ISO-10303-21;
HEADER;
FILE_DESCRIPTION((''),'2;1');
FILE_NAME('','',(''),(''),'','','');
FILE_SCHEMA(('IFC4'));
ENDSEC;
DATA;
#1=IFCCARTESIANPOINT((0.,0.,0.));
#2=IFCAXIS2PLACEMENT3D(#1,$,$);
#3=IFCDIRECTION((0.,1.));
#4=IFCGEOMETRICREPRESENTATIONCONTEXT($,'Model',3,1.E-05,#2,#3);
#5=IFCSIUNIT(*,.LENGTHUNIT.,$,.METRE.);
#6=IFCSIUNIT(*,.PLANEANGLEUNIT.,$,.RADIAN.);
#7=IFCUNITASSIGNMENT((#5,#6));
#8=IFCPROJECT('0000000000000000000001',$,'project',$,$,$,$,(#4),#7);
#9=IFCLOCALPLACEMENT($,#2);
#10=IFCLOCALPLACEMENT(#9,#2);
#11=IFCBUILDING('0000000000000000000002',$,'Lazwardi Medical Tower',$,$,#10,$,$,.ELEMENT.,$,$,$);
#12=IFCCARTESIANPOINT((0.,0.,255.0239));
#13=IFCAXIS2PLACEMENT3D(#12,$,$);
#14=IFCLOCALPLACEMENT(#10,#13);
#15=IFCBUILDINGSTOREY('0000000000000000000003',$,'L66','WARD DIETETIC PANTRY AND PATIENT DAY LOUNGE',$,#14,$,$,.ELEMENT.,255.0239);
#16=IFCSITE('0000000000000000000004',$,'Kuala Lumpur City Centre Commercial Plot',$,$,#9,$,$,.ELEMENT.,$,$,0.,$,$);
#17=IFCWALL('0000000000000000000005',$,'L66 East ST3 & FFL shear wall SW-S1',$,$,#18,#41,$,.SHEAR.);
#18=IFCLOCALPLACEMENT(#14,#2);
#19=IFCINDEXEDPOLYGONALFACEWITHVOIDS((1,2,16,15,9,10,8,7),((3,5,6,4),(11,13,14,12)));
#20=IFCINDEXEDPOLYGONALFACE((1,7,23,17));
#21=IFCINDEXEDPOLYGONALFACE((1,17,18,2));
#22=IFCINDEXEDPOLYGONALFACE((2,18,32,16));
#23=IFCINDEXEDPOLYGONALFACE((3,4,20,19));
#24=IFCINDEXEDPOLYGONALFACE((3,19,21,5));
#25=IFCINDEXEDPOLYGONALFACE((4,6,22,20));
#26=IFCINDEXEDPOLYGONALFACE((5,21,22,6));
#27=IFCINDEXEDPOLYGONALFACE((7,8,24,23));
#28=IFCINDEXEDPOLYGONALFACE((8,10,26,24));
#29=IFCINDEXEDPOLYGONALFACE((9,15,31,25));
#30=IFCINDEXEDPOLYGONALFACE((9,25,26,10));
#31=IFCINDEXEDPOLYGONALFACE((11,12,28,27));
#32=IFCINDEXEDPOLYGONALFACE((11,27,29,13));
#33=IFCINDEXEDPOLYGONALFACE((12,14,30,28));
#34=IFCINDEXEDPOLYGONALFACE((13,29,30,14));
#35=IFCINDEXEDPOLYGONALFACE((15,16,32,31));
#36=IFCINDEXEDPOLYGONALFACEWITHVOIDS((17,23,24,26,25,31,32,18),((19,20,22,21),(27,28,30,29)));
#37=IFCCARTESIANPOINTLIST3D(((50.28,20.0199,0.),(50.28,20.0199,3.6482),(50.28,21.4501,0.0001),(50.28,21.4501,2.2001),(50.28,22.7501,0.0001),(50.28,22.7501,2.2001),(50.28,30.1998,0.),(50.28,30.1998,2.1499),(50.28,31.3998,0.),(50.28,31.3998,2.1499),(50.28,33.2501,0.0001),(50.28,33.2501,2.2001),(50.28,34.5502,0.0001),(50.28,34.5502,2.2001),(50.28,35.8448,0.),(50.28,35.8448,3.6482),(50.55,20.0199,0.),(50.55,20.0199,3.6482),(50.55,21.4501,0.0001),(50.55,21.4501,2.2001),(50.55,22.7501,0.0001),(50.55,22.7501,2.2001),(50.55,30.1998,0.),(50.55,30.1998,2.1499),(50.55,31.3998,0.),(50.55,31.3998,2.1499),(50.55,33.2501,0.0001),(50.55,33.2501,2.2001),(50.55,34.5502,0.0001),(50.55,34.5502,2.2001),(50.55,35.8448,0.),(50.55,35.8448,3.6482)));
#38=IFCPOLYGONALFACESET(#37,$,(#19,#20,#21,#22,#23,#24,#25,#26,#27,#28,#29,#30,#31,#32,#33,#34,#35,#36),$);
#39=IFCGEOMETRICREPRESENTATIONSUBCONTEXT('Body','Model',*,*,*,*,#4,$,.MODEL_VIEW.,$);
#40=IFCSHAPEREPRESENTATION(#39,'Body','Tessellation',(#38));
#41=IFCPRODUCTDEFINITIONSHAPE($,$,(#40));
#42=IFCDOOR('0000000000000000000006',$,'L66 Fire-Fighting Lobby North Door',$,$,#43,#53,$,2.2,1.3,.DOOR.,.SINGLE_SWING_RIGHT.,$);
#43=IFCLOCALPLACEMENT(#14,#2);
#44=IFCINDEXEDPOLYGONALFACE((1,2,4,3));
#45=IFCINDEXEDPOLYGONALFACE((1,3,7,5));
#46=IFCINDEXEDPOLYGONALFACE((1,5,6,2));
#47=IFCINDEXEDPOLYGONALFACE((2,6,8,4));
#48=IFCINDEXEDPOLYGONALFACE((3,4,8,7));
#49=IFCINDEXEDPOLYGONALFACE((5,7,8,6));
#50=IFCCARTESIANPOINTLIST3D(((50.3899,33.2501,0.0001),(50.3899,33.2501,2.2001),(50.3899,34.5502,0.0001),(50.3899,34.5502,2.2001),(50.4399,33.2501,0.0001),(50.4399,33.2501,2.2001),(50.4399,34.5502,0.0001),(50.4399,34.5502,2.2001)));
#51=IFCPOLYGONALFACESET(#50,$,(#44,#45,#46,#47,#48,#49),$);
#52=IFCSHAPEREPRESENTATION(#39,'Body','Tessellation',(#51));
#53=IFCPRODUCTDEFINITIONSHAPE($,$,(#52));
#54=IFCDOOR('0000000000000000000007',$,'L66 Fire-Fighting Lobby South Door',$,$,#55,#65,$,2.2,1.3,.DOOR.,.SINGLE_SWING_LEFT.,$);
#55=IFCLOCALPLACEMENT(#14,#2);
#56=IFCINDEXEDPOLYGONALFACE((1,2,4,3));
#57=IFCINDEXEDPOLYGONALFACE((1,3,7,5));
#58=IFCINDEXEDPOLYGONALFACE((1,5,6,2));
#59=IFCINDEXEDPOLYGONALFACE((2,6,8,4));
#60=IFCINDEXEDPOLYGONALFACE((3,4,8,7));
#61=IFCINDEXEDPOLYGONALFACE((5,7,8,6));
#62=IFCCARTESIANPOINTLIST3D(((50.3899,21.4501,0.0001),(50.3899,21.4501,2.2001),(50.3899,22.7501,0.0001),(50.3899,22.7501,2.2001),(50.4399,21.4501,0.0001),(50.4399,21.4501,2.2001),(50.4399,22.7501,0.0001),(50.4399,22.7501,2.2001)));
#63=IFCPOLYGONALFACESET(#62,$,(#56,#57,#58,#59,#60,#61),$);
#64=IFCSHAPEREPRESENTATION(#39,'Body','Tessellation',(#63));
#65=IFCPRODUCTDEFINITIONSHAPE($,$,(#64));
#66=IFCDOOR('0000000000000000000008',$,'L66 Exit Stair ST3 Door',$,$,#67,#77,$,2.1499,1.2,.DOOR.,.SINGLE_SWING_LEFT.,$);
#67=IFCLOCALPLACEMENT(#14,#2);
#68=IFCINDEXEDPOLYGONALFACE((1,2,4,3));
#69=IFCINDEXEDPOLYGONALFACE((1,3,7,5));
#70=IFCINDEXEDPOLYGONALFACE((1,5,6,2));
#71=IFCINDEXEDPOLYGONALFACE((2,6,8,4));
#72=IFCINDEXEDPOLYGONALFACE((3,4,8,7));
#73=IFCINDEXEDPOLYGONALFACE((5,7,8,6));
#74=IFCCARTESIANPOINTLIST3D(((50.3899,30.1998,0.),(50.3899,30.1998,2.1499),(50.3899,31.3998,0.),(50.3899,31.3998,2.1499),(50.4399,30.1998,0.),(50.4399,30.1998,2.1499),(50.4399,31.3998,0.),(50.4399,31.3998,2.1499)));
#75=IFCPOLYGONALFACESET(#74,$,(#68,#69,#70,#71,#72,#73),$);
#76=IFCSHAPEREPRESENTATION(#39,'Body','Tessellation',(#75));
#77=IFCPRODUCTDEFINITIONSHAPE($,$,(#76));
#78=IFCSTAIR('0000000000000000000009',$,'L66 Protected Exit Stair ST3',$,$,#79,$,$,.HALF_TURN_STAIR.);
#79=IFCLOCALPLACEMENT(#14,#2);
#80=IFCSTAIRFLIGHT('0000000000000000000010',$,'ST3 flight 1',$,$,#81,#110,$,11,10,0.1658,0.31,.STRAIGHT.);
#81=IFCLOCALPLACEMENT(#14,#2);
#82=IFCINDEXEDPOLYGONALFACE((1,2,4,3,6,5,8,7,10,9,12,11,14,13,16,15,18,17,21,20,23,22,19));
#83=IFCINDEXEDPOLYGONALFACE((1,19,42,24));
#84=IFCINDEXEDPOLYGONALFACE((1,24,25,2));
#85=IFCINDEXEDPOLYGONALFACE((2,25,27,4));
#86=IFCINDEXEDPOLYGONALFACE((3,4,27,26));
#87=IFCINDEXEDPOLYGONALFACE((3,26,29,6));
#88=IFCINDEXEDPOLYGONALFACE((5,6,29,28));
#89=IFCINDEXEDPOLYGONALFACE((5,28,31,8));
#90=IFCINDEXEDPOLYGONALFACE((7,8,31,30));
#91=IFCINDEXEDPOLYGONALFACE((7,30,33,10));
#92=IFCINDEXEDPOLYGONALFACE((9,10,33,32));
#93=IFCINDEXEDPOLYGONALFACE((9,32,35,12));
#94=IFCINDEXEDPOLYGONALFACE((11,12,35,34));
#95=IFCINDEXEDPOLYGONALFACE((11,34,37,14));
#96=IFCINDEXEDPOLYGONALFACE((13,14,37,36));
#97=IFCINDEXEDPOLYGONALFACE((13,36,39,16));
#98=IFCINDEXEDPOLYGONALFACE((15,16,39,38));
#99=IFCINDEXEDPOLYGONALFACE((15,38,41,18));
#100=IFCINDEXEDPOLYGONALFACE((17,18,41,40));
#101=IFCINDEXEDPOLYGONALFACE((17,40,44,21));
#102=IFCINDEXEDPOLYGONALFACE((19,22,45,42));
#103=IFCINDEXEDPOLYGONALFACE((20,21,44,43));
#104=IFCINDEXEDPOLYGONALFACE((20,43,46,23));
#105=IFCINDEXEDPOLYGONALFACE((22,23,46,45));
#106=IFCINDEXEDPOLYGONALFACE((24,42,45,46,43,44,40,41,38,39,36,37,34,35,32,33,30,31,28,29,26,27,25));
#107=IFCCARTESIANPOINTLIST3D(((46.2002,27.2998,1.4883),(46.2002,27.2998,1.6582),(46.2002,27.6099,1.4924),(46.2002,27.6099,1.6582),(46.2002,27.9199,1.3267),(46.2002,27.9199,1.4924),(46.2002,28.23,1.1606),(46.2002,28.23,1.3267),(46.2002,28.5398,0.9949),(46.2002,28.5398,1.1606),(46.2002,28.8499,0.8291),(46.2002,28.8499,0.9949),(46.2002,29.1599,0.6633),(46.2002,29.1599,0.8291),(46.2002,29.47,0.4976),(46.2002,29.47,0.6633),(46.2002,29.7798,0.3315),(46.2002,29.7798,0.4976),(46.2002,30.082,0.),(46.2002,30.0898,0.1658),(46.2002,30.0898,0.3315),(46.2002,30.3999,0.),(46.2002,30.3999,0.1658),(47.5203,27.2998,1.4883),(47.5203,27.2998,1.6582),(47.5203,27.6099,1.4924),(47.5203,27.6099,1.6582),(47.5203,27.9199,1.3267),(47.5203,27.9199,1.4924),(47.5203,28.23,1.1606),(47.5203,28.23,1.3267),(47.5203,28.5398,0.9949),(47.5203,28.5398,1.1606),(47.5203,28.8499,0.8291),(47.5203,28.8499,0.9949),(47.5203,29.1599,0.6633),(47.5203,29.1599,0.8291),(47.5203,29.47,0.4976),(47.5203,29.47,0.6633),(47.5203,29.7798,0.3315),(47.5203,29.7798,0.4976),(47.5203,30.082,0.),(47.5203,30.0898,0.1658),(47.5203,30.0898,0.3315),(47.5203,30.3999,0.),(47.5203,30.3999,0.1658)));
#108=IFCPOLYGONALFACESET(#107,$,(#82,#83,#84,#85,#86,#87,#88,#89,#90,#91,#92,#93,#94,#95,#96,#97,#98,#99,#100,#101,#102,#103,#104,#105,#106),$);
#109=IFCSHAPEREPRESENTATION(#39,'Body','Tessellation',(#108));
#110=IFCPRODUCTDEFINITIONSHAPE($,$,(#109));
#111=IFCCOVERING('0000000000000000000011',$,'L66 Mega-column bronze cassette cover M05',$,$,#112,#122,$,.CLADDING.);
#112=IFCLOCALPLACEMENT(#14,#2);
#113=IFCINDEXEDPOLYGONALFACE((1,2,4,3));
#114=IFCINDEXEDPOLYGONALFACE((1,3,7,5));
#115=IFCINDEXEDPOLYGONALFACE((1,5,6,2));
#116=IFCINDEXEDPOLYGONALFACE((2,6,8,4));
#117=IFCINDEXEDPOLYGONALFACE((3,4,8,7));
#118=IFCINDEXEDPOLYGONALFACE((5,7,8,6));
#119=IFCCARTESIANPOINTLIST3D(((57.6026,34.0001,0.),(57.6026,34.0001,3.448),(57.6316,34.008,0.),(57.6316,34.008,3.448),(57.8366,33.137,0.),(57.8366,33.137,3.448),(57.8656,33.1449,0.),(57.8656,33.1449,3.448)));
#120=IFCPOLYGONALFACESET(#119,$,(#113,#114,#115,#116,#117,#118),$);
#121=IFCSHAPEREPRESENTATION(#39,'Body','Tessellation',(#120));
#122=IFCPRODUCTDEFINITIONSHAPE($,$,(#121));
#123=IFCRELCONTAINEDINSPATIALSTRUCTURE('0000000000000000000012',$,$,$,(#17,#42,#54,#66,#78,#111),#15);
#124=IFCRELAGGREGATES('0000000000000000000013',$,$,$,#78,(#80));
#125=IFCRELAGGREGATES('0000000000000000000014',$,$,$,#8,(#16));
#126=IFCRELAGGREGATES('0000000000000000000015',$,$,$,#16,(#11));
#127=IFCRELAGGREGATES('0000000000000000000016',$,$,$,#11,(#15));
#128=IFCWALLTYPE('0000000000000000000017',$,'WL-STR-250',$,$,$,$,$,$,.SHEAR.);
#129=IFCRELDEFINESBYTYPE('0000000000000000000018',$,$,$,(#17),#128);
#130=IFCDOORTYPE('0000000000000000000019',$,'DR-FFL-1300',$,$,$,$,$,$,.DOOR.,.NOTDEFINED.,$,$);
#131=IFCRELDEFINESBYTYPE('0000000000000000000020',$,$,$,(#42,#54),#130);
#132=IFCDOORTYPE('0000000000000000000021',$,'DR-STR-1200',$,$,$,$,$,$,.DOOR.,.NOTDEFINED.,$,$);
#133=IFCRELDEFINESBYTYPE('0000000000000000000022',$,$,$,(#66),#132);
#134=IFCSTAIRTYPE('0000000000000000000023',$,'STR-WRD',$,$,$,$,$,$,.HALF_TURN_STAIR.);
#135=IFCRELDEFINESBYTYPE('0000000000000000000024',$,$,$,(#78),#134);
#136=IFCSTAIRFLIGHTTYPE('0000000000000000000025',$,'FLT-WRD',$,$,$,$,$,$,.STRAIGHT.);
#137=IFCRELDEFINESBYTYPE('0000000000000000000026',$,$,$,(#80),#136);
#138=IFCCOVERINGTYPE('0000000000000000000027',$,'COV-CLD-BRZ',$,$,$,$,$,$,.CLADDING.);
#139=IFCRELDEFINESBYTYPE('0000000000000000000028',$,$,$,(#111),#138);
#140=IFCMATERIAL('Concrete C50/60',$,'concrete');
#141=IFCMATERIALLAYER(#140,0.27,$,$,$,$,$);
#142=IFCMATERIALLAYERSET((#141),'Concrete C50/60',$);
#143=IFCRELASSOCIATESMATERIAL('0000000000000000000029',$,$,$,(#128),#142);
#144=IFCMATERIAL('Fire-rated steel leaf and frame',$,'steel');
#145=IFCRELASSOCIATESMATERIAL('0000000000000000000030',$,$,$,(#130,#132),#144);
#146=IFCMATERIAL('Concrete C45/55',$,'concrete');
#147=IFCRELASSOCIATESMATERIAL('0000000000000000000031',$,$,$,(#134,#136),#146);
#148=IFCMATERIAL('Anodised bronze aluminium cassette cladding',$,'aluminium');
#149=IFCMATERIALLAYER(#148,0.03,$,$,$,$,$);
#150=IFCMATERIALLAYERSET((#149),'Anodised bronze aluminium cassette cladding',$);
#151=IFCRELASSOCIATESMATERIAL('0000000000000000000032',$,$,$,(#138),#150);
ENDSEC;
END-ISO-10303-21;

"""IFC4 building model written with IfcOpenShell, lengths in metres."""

from ifc_helpers import new_model, si_unit, direction, frame, frame_2d, origin, origin_2d, place, context, subcontext, project, spatial, polyline, rectangle, outline, extrude, material, layer, layer_set, type_object, element, fill, aggregate, save


model = new_model("IFC4")

# Units and contexts
model_context = context("Model", 3, precision=1e-05, world=origin(), true_north=direction((0.0, 1.0)))
body_context = subcontext(model_context, "Body", "Model", "MODEL_VIEW")
ifc_project = project(units=[si_unit("LENGTHUNIT", "METRE"), si_unit("PLANEANGLEUNIT", "RADIAN")], contexts=[model_context])

# Site, building, storey
site_placement = place(None, origin())
site = spatial("IfcSite", under=ifc_project, at=site_placement, Name="Kuala Lumpur City Centre Commercial Plot", CompositionType="ELEMENT", RefElevation=0.0)
building_placement = place(site_placement, origin())
building = spatial("IfcBuilding", under=site, at=building_placement, Name="Lazwardi Medical Tower", CompositionType="ELEMENT")
storey_placement = place(building_placement, frame((0.0, 0.0, 255.0239)))
storey = spatial("IfcBuildingStorey", under=building, at=storey_placement, Name="L66", Description="WARD DIETETIC PANTRY AND PATIENT DAY LOUNGE", CompositionType="ELEMENT", Elevation=255.0239)

# Wall, openings, doors
ifc_material_1 = material(Name="Concrete C50/60", Category="concrete")
ifc_layer_1 = layer(ifc_material_1, 0.27)
ifc_layer_set_1 = layer_set([ifc_layer_1], Name="Concrete C50/60")
wall_type_1 = type_object("IfcWallType", Name="WL-STR-250", PredefinedType="SHEAR", material=ifc_layer_set_1)
wall_1_placement = place(storey_placement, frame((50.415, 35.845, 0.0), z_axis=(0.0, 0.0, 1.0), x_axis=(0.0, -1.0, 0.0)))
wall_1 = element("IfcWall", 1, at=wall_1_placement, inside=storey, type_object=wall_type_1, Name="L66 East ST3 & FFL shear wall SW-S1", PredefinedType="SHEAR", context=body_context, shape_type="SweptSolid", body=[
    extrude(rectangle(XDim=15.825, YDim=0.27, at=frame_2d((7.9126, 0.0))), origin(), (0.0, 0.0, 1.0), 3.6482),
])
opening_1_placement = place(wall_1_placement, frame((4.4451, 0.0, 0.0)))
opening_1 = element("IfcOpeningElement", 2, at=opening_1_placement, cuts=wall_1, PredefinedType="OPENING", context=body_context, shape_type="SweptSolid", body=[
    extrude(rectangle(XDim=1.2, YDim=2.1499, at=frame_2d((0.6001, 1.075))), frame((0.0, 0.145, 0.0), z_axis=(0.0, -1.0, 0.0), x_axis=(1.0, 0.0, 0.0)), (0.0, 0.0, 1.0), 0.29),
])
opening_2_placement = place(wall_1_placement, frame((1.2949, 0.0, 0.0)))
opening_2 = element("IfcOpeningElement", 3, at=opening_2_placement, cuts=wall_1, PredefinedType="OPENING", context=body_context, shape_type="SweptSolid", body=[
    extrude(rectangle(XDim=1.3, YDim=2.2, at=frame_2d((0.6499, 1.1001))), frame((0.0, 0.145, 0.0), z_axis=(0.0, -1.0, 0.0), x_axis=(1.0, 0.0, 0.0)), (0.0, 0.0, 1.0), 0.29),
])
opening_3_placement = place(wall_1_placement, frame((13.095, 0.0, 0.0)))
opening_3 = element("IfcOpeningElement", 4, at=opening_3_placement, cuts=wall_1, PredefinedType="OPENING", context=body_context, shape_type="SweptSolid", body=[
    extrude(rectangle(XDim=1.3, YDim=2.2, at=frame_2d((0.6499, 1.1001))), frame((0.0, 0.145, 0.0), z_axis=(0.0, -1.0, 0.0), x_axis=(1.0, 0.0, 0.0)), (0.0, 0.0, 1.0), 0.29),
])
ifc_material_2 = material(Name="Fire-rated steel leaf and frame", Category="steel")
door_type_1 = type_object("IfcDoorType", Name="DR-FFL-1300", OperationType="NOTDEFINED", PredefinedType="DOOR", material=ifc_material_2)
door_1_placement = place(opening_2_placement, origin())
door_1 = element("IfcDoor", 5, at=door_1_placement, inside=storey, type_object=door_type_1, Name="L66 Fire-Fighting Lobby North Door", OperationType="SINGLE_SWING_RIGHT", OverallHeight=2.2, OverallWidth=1.3, PredefinedType="DOOR", context=body_context, shape_type="SweptSolid", body=[
    extrude(rectangle(XDim=1.3, YDim=2.2, at=frame_2d((0.6499, 1.1001))), frame((0.0, 0.0249, 0.0), z_axis=(0.0, -1.0, 0.0), x_axis=(1.0, 0.0, 0.0)), (0.0, 0.0, 1.0), 0.05),
])
fill(opening_2, door_1)
door_2_placement = place(opening_3_placement, origin())
door_2 = element("IfcDoor", 6, at=door_2_placement, inside=storey, type_object=door_type_1, Name="L66 Fire-Fighting Lobby South Door", OperationType="SINGLE_SWING_LEFT", OverallHeight=2.2, OverallWidth=1.3, PredefinedType="DOOR", context=body_context, shape_type="SweptSolid", body=[
    extrude(rectangle(XDim=1.3, YDim=2.2, at=frame_2d((0.6499, 1.1001))), frame((0.0, 0.0249, 0.0), z_axis=(0.0, -1.0, 0.0), x_axis=(1.0, 0.0, 0.0)), (0.0, 0.0, 1.0), 0.05),
])
fill(opening_3, door_2)
door_type_2 = type_object("IfcDoorType", Name="DR-STR-1200", OperationType="NOTDEFINED", PredefinedType="DOOR", material=ifc_material_2)
door_3_placement = place(opening_1_placement, origin())
door_3 = element("IfcDoor", 7, at=door_3_placement, inside=storey, type_object=door_type_2, Name="L66 Exit Stair ST3 Door", OperationType="SINGLE_SWING_LEFT", OverallHeight=2.1499, OverallWidth=1.2, PredefinedType="DOOR", context=body_context, shape_type="SweptSolid", body=[
    extrude(rectangle(XDim=1.2, YDim=2.1499, at=frame_2d((0.6001, 1.075))), frame((0.0, 0.0249, 0.0), z_axis=(0.0, -1.0, 0.0), x_axis=(1.0, 0.0, 0.0)), (0.0, 0.0, 1.0), 0.05),
])
fill(opening_1, door_3)

# Stair, stair flight
ifc_material_3 = material(Name="Concrete C45/55", Category="concrete")
stair_type = type_object("IfcStairType", Name="STR-WRD", PredefinedType="HALF_TURN_STAIR", material=ifc_material_3)
stair_placement = place(storey_placement, origin())
stair = element("IfcStair", 8, at=stair_placement, inside=storey, type_object=stair_type, Name="L66 Protected Exit Stair ST3", PredefinedType="HALF_TURN_STAIR")
stair_flight_type = type_object("IfcStairFlightType", Name="FLT-WRD", PredefinedType="STRAIGHT", material=ifc_material_3)
stair_flight_placement = place(storey_placement, frame((46.8601, 30.3999, 0.0), z_axis=(0.0, 0.0, 1.0), x_axis=(0.0, -1.0, 0.0)))
stair_flight = element("IfcStairFlight", 9, at=stair_flight_placement, type_object=stair_flight_type, Name="ST3 flight 1", NumberOfRisers=11, NumberOfTreads=10, PredefinedType="STRAIGHT", RiserHeight=0.1658, TreadLength=0.31, context=body_context, shape_type="SweptSolid", body=[
    extrude(outline(polyline([(0.0, 0.0), (0.0, 0.1658), (0.3101, 0.1658), (0.3101, 0.3315), (0.6201, 0.3315), (0.6201, 0.4976), (0.9299, 0.4976), (0.9299, 0.6633), (1.24, 0.6633), (1.24, 0.8291), (1.55, 0.8291), (1.55, 0.9949), (1.8601, 0.9949), (1.8601, 1.1606), (2.1699, 1.1606), (2.1699, 1.3267), (2.48, 1.3267), (2.48, 1.4924), (2.79, 1.4924), (2.79, 1.6582), (3.1001, 1.6582), (3.1001, 1.824), (3.1001, 1.4883), (0.3179, 0.0), (0.0, 0.0)])), frame((0.0, 0.6602, 0.0), z_axis=(0.0, -1.0, 0.0), x_axis=(1.0, 0.0, 0.0)), (0.0, 0.0, 1.0), 1.3201),
])
aggregate(stair, [stair_flight])

# Covering
ifc_material_4 = material(Name="Anodised bronze aluminium cassette cladding", Category="aluminium")
ifc_layer_2 = layer(ifc_material_4, 0.03)
ifc_layer_set_2 = layer_set([ifc_layer_2], Name="Anodised bronze aluminium cassette cladding")
covering_type = type_object("IfcCoveringType", Name="COV-CLD-BRZ", PredefinedType="CLADDING", material=ifc_layer_set_2)
covering_placement = place(storey_placement, frame((57.7341, 33.5725, 0.0), z_axis=(0.0, 0.0, 1.0), x_axis=(-0.261642, 0.965165, 0.0)))
element("IfcCovering", 10, at=covering_placement, inside=storey, type_object=covering_type, Name="L66 Mega-column bronze cassette cover M05", PredefinedType="CLADDING", context=body_context, shape_type="SweptSolid", body=[
    extrude(rectangle(XDim=0.8943, YDim=0.03, at=origin_2d()), origin(), (0.0, 0.0, 1.0), 3.448),
])

save(model, "model.ifc")
